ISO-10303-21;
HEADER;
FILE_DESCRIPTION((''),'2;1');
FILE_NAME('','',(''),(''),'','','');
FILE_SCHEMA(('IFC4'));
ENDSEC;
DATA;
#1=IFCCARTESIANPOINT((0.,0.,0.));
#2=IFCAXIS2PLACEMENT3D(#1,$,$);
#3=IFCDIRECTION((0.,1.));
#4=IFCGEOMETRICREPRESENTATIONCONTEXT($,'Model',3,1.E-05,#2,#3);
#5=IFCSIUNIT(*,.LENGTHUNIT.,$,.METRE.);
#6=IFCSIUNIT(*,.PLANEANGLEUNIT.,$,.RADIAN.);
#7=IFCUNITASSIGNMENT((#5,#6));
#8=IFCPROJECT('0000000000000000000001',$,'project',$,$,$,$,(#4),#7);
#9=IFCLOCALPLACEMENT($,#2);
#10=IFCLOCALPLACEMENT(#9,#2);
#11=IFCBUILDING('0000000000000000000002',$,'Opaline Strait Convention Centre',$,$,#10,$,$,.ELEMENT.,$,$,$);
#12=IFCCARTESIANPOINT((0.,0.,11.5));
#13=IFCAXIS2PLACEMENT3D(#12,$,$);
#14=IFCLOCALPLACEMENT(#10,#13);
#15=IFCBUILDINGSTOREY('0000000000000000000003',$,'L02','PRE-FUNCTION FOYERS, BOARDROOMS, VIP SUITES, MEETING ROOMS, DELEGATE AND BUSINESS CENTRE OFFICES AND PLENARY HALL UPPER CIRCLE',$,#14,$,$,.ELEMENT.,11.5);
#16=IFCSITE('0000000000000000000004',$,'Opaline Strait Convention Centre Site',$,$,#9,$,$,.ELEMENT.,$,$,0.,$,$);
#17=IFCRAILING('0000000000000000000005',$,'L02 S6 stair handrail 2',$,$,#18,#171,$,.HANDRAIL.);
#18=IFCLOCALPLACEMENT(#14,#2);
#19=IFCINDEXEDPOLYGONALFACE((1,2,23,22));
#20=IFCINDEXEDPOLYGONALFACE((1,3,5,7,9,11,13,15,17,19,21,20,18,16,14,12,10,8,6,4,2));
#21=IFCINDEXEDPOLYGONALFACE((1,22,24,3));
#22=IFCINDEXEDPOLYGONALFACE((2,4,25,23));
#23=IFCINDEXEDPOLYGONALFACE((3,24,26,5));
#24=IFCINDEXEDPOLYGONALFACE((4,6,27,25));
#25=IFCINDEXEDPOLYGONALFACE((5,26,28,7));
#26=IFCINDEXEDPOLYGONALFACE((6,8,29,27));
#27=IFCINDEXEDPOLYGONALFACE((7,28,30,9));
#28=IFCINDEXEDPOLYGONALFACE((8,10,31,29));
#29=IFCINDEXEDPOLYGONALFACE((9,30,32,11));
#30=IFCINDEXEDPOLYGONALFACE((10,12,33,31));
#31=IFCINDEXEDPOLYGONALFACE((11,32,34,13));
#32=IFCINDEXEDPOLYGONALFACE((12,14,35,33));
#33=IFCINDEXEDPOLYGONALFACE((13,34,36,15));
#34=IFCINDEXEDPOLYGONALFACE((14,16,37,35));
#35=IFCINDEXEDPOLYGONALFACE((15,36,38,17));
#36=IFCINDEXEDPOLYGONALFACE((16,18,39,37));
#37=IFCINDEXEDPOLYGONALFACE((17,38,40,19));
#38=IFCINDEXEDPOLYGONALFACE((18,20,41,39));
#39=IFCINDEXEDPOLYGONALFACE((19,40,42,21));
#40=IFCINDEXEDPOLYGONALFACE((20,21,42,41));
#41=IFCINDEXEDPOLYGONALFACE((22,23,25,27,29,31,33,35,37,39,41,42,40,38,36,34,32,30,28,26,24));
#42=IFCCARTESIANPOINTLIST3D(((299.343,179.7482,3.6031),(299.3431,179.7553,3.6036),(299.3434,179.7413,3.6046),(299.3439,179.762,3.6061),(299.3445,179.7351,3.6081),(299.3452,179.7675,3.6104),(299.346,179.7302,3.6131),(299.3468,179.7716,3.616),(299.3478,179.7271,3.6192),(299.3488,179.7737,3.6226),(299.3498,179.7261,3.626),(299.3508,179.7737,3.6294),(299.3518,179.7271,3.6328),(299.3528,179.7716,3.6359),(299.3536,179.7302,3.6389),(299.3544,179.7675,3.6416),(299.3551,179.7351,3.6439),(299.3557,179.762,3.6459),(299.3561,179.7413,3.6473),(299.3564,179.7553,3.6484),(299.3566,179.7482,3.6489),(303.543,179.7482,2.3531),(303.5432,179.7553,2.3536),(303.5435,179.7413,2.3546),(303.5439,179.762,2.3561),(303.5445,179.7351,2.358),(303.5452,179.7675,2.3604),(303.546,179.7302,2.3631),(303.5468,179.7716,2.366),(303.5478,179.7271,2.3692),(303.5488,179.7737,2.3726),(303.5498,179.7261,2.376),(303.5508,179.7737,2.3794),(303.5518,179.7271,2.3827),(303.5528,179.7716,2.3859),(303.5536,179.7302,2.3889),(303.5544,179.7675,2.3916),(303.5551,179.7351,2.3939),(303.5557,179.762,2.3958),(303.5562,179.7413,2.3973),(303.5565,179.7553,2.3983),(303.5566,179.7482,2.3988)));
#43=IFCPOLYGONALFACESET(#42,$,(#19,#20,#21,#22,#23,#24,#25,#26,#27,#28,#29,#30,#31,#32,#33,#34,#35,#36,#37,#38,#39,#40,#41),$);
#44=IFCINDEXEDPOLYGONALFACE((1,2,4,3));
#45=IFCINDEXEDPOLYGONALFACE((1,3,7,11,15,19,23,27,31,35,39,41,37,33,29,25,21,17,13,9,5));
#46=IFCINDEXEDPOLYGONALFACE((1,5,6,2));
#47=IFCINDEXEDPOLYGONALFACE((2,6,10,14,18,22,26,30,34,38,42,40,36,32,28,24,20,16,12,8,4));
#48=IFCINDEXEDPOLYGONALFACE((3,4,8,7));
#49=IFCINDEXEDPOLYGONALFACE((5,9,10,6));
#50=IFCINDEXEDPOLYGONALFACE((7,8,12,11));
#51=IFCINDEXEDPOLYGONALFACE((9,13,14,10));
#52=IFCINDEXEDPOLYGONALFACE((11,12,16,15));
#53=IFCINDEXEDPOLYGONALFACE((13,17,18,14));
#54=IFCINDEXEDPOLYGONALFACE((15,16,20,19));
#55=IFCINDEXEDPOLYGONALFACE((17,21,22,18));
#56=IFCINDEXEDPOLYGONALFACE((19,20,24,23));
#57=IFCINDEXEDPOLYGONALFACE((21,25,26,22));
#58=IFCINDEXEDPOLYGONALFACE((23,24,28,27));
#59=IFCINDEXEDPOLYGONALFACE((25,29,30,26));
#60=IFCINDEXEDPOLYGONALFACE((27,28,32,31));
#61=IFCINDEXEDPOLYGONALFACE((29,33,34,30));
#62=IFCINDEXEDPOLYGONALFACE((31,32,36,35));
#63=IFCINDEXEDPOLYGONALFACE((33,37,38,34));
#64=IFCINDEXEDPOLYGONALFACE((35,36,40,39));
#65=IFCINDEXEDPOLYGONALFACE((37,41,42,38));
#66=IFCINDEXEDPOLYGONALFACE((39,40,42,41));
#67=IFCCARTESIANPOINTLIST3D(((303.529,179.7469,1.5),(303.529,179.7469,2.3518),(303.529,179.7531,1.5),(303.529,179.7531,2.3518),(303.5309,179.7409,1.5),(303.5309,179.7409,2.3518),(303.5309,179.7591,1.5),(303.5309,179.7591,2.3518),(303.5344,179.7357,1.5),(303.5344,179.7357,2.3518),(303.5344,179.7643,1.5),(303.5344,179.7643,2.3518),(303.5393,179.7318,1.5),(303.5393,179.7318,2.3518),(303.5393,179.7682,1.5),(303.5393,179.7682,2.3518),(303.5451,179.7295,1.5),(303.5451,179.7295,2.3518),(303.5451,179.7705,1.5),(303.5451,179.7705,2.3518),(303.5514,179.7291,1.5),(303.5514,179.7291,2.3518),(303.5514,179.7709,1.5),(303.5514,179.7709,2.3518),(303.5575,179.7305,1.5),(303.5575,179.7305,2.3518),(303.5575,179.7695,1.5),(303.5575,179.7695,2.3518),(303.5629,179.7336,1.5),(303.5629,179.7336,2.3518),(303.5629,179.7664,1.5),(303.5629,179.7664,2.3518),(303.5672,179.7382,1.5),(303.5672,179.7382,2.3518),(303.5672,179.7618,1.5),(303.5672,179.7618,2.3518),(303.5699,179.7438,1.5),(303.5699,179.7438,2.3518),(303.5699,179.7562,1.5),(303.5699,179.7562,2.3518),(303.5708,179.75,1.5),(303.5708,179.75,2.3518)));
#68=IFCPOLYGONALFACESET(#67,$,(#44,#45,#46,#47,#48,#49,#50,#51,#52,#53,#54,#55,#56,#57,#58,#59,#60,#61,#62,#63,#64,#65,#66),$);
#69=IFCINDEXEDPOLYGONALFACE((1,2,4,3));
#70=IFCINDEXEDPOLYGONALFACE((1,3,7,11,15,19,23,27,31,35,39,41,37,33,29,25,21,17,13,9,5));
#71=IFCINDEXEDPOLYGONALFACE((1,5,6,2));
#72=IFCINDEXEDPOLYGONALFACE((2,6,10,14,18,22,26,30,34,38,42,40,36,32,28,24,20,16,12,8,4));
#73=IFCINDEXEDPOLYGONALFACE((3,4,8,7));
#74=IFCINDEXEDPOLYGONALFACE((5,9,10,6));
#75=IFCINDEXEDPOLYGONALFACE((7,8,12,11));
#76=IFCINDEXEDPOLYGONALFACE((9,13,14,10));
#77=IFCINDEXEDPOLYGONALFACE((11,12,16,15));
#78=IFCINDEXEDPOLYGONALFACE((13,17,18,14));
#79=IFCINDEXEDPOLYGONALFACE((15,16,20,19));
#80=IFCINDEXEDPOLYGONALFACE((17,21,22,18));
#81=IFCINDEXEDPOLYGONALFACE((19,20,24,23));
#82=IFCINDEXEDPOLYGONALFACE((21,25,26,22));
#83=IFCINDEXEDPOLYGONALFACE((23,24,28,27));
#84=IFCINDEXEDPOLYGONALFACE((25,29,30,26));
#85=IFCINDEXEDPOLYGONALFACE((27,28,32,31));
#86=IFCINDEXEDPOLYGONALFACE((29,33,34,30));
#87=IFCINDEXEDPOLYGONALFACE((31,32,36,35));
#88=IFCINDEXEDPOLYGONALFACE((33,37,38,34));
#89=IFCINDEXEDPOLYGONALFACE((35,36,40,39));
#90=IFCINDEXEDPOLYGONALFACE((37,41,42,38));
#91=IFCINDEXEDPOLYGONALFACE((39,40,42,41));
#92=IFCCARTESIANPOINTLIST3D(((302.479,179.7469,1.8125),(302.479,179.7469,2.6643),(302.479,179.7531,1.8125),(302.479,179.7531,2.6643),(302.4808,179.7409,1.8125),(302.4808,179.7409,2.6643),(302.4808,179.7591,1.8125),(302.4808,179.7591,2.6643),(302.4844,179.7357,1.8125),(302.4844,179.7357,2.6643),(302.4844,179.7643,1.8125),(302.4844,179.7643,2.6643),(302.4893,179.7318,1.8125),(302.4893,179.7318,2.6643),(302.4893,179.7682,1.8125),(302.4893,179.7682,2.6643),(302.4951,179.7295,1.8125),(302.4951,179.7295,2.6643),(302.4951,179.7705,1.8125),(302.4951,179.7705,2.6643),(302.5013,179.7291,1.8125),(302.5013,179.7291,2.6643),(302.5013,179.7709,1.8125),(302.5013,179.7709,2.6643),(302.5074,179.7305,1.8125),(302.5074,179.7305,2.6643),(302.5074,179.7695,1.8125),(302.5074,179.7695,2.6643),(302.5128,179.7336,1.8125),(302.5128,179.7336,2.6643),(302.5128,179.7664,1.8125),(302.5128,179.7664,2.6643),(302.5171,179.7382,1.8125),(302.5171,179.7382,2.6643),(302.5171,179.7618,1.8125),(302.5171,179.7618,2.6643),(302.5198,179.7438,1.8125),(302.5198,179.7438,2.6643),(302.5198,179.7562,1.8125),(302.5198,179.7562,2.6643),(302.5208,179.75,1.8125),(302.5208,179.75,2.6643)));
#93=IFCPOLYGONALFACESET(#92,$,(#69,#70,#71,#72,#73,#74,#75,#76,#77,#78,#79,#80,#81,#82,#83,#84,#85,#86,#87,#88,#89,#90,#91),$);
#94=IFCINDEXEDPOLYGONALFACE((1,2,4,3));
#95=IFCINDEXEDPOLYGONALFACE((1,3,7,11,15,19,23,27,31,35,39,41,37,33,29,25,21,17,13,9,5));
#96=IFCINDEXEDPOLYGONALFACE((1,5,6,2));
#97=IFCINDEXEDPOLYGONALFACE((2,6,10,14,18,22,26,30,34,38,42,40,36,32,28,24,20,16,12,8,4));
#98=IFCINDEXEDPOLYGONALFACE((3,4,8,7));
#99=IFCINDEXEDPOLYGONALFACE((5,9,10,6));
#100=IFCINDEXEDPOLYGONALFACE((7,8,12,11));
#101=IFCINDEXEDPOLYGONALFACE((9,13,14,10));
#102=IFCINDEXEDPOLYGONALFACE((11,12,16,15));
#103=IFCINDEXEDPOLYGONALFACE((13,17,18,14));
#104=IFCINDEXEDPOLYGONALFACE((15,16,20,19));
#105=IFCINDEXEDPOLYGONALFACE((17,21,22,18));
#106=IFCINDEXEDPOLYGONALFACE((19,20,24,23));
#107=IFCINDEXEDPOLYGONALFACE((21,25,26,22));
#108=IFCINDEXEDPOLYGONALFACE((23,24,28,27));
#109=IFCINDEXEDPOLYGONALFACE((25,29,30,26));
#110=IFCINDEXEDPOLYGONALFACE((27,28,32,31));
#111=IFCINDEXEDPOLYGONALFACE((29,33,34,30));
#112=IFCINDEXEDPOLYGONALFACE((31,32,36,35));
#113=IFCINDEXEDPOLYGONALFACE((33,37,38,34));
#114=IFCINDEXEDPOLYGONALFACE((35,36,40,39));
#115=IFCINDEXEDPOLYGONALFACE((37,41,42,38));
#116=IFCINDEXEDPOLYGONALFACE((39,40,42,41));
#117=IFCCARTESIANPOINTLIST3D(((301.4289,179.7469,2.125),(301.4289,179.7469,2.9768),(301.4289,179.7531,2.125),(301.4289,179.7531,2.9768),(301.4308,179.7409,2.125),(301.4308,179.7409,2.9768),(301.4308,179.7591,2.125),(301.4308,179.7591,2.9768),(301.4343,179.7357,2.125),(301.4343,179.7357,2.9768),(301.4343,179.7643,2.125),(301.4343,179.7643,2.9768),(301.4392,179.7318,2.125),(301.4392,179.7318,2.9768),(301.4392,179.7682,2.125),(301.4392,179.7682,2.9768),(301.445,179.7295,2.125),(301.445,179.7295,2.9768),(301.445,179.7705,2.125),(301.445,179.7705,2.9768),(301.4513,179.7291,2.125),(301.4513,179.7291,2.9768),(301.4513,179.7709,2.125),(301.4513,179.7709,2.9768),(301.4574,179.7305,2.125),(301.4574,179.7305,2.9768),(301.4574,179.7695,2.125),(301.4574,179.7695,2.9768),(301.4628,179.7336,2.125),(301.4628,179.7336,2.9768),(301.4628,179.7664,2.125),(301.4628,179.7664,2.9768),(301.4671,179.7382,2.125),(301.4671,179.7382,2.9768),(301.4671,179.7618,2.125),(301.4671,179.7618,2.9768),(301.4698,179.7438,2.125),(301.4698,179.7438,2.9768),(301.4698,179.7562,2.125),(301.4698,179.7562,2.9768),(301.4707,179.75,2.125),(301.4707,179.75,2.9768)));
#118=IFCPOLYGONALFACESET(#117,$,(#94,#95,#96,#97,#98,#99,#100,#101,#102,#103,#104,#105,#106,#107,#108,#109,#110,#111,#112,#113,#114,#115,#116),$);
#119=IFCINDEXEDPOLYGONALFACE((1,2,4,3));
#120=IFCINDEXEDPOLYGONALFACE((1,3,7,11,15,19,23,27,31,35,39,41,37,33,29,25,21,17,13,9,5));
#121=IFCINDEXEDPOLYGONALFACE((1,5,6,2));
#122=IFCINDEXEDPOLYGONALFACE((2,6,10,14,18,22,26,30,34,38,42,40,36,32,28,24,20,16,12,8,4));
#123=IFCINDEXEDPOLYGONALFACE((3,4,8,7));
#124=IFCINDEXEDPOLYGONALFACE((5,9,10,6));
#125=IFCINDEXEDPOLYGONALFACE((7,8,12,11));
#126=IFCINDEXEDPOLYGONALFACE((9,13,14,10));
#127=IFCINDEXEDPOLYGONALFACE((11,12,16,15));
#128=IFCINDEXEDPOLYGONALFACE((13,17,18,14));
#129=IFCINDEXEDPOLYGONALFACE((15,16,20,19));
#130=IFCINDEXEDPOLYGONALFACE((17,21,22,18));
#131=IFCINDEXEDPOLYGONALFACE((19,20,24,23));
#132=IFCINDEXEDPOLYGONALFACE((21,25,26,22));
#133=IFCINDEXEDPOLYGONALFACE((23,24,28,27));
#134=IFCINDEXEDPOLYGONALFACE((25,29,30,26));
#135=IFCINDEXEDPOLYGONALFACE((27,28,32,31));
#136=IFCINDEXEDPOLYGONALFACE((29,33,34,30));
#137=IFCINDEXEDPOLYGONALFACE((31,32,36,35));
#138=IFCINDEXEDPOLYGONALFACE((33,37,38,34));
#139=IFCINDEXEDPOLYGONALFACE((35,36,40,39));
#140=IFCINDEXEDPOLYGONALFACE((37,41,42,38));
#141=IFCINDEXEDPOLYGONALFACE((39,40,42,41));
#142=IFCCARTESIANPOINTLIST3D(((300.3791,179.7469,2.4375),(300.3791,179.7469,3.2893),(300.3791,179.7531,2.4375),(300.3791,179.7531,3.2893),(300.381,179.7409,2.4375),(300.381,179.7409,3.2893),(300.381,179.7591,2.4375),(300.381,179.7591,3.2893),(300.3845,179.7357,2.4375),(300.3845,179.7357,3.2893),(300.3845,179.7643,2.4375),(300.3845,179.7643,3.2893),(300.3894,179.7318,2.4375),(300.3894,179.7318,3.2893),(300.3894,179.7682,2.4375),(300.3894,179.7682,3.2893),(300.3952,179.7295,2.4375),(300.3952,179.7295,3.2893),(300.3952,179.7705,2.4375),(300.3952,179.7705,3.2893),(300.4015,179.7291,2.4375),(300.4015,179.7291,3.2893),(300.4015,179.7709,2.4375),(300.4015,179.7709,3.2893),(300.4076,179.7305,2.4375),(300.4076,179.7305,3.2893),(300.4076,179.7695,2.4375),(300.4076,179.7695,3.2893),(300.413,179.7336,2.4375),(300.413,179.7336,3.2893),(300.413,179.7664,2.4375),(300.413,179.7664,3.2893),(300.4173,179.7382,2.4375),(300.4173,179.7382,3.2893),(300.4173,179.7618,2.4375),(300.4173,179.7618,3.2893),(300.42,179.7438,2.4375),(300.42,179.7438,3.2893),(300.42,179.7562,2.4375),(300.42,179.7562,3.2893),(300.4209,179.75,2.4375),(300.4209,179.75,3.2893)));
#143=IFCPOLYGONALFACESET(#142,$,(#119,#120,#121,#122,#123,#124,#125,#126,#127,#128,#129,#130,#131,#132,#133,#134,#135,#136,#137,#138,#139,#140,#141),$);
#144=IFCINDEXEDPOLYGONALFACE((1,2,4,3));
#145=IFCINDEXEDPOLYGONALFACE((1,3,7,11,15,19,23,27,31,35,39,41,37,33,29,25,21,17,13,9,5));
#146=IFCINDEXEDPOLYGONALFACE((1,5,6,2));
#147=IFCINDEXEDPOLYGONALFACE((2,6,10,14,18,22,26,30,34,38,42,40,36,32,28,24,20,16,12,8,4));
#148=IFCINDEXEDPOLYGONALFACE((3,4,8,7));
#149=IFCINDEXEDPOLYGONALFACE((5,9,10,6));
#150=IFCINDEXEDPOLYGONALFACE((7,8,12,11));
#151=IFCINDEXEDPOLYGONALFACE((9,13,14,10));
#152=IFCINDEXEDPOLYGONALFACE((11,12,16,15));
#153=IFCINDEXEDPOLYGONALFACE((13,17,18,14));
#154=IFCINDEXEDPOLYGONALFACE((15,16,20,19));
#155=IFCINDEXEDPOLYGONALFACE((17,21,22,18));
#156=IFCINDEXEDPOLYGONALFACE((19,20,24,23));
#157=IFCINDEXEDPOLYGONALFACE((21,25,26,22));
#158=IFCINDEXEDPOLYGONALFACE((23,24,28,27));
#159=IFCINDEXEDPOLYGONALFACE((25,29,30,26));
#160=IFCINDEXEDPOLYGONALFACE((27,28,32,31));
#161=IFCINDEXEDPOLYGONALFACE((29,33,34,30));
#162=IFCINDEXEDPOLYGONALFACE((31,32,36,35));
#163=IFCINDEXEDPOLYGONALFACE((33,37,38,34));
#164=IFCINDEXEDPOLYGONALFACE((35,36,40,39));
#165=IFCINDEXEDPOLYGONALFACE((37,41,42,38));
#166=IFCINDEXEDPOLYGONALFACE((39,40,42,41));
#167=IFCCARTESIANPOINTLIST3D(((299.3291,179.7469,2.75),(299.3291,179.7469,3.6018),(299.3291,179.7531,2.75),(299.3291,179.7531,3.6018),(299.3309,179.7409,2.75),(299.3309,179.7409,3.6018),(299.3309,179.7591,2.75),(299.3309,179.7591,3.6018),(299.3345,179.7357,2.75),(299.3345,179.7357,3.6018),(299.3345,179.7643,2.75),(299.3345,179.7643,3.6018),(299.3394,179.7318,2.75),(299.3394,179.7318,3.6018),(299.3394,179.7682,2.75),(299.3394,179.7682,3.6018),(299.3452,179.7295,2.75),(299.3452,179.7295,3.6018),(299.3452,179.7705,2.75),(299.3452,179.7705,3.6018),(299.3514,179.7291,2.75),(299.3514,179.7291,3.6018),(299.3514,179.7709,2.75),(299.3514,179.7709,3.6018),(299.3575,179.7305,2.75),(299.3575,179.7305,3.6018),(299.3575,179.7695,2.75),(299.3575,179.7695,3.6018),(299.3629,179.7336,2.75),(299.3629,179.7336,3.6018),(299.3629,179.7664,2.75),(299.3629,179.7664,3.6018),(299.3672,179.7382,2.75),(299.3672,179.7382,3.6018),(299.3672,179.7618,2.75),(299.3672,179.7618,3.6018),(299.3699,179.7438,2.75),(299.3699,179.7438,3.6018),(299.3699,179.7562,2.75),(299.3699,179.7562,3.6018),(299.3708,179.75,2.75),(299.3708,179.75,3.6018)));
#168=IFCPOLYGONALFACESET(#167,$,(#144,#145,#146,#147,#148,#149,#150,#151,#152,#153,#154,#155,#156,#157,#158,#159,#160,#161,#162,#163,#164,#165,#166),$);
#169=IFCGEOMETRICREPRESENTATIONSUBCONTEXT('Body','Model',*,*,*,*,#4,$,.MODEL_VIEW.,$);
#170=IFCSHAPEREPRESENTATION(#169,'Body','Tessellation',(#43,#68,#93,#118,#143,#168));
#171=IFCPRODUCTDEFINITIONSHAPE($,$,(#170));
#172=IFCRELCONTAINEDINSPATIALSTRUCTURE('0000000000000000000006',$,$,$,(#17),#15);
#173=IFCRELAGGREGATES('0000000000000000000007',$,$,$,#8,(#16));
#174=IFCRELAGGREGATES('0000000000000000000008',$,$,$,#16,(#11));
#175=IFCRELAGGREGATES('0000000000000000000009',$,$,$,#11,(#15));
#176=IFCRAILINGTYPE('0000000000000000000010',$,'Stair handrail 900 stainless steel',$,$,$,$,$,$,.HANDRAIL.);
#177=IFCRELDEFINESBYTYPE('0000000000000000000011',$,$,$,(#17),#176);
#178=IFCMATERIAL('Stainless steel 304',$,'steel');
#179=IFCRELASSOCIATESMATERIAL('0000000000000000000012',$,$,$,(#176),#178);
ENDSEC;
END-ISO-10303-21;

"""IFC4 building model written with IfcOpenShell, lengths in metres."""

from ifc_helpers import new_model, si_unit, direction, frame, origin, origin_2d, place, context, subcontext, project, spatial, circle, extrude, material, type_object, element, save


model = new_model("IFC4")

# Units and contexts
model_context = context("Model", 3, precision=1e-05, world=origin(), true_north=direction((0.0, 1.0)))
body_context = subcontext(model_context, "Body", "Model", "MODEL_VIEW")
ifc_project = project(units=[si_unit("LENGTHUNIT", "METRE"), si_unit("PLANEANGLEUNIT", "RADIAN")], contexts=[model_context])

# Site, building, storey
site_placement = place(None, origin())
site = spatial("IfcSite", under=ifc_project, at=site_placement, Name="Opaline Strait Convention Centre Site", CompositionType="ELEMENT", RefElevation=0.0)
building_placement = place(site_placement, origin())
building = spatial("IfcBuilding", under=site, at=building_placement, Name="Opaline Strait Convention Centre", CompositionType="ELEMENT")
storey_placement = place(building_placement, frame((0.0, 0.0, 11.5)))
storey = spatial("IfcBuildingStorey", under=building, at=storey_placement, Name="L02", Description="PRE-FUNCTION FOYERS, BOARDROOMS, VIP SUITES, MEETING ROOMS, DELEGATE AND BUSINESS CENTRE OFFICES AND PLENARY HALL UPPER CIRCLE", CompositionType="ELEMENT", Elevation=11.5)

# Railing
ifc_material_1 = material(Name="Stainless steel 304", Category="steel")
railing_type_1 = type_object("IfcRailingType", Name="Stair handrail 900 stainless steel", PredefinedType="HANDRAIL", material=ifc_material_1)
for number, where, name in (
    (1, (303.5498, 179.75, 1.5), "L02 S6 stair handrail 2"),
):
    element("IfcRailing", number, at=place(storey_placement, frame(where)), inside=storey, type_object=railing_type_1, Name=name, PredefinedType="HANDRAIL", context=body_context, shape_type="SweptSolid", body=[
        extrude(circle(Radius=0.0239, at=origin_2d()), frame((0.0, 0.0, 0.876), z_axis=(-0.958451, 0.0, 0.285257), x_axis=(0.0, -1.0, 0.0)), (0.0, 0.0, 1.0), 4.3821),
        extrude(circle(Radius=0.021, at=origin_2d()), origin(), (0.0, 0.0, 1.0), 0.8518),
        extrude(circle(Radius=0.021, at=origin_2d()), frame((-1.05, 0.0, 0.3125)), (0.0, 0.0, 1.0), 0.8518),
        extrude(circle(Radius=0.021, at=origin_2d()), frame((-2.1001, 0.0, 0.625)), (0.0, 0.0, 1.0), 0.8518),
        extrude(circle(Radius=0.021, at=origin_2d()), frame((-3.1499, 0.0, 0.9375)), (0.0, 0.0, 1.0), 0.8518),
        extrude(circle(Radius=0.021, at=origin_2d()), frame((-4.2, 0.0, 1.25)), (0.0, 0.0, 1.0), 0.8518),
    ])

save(model, "model.ifc")
